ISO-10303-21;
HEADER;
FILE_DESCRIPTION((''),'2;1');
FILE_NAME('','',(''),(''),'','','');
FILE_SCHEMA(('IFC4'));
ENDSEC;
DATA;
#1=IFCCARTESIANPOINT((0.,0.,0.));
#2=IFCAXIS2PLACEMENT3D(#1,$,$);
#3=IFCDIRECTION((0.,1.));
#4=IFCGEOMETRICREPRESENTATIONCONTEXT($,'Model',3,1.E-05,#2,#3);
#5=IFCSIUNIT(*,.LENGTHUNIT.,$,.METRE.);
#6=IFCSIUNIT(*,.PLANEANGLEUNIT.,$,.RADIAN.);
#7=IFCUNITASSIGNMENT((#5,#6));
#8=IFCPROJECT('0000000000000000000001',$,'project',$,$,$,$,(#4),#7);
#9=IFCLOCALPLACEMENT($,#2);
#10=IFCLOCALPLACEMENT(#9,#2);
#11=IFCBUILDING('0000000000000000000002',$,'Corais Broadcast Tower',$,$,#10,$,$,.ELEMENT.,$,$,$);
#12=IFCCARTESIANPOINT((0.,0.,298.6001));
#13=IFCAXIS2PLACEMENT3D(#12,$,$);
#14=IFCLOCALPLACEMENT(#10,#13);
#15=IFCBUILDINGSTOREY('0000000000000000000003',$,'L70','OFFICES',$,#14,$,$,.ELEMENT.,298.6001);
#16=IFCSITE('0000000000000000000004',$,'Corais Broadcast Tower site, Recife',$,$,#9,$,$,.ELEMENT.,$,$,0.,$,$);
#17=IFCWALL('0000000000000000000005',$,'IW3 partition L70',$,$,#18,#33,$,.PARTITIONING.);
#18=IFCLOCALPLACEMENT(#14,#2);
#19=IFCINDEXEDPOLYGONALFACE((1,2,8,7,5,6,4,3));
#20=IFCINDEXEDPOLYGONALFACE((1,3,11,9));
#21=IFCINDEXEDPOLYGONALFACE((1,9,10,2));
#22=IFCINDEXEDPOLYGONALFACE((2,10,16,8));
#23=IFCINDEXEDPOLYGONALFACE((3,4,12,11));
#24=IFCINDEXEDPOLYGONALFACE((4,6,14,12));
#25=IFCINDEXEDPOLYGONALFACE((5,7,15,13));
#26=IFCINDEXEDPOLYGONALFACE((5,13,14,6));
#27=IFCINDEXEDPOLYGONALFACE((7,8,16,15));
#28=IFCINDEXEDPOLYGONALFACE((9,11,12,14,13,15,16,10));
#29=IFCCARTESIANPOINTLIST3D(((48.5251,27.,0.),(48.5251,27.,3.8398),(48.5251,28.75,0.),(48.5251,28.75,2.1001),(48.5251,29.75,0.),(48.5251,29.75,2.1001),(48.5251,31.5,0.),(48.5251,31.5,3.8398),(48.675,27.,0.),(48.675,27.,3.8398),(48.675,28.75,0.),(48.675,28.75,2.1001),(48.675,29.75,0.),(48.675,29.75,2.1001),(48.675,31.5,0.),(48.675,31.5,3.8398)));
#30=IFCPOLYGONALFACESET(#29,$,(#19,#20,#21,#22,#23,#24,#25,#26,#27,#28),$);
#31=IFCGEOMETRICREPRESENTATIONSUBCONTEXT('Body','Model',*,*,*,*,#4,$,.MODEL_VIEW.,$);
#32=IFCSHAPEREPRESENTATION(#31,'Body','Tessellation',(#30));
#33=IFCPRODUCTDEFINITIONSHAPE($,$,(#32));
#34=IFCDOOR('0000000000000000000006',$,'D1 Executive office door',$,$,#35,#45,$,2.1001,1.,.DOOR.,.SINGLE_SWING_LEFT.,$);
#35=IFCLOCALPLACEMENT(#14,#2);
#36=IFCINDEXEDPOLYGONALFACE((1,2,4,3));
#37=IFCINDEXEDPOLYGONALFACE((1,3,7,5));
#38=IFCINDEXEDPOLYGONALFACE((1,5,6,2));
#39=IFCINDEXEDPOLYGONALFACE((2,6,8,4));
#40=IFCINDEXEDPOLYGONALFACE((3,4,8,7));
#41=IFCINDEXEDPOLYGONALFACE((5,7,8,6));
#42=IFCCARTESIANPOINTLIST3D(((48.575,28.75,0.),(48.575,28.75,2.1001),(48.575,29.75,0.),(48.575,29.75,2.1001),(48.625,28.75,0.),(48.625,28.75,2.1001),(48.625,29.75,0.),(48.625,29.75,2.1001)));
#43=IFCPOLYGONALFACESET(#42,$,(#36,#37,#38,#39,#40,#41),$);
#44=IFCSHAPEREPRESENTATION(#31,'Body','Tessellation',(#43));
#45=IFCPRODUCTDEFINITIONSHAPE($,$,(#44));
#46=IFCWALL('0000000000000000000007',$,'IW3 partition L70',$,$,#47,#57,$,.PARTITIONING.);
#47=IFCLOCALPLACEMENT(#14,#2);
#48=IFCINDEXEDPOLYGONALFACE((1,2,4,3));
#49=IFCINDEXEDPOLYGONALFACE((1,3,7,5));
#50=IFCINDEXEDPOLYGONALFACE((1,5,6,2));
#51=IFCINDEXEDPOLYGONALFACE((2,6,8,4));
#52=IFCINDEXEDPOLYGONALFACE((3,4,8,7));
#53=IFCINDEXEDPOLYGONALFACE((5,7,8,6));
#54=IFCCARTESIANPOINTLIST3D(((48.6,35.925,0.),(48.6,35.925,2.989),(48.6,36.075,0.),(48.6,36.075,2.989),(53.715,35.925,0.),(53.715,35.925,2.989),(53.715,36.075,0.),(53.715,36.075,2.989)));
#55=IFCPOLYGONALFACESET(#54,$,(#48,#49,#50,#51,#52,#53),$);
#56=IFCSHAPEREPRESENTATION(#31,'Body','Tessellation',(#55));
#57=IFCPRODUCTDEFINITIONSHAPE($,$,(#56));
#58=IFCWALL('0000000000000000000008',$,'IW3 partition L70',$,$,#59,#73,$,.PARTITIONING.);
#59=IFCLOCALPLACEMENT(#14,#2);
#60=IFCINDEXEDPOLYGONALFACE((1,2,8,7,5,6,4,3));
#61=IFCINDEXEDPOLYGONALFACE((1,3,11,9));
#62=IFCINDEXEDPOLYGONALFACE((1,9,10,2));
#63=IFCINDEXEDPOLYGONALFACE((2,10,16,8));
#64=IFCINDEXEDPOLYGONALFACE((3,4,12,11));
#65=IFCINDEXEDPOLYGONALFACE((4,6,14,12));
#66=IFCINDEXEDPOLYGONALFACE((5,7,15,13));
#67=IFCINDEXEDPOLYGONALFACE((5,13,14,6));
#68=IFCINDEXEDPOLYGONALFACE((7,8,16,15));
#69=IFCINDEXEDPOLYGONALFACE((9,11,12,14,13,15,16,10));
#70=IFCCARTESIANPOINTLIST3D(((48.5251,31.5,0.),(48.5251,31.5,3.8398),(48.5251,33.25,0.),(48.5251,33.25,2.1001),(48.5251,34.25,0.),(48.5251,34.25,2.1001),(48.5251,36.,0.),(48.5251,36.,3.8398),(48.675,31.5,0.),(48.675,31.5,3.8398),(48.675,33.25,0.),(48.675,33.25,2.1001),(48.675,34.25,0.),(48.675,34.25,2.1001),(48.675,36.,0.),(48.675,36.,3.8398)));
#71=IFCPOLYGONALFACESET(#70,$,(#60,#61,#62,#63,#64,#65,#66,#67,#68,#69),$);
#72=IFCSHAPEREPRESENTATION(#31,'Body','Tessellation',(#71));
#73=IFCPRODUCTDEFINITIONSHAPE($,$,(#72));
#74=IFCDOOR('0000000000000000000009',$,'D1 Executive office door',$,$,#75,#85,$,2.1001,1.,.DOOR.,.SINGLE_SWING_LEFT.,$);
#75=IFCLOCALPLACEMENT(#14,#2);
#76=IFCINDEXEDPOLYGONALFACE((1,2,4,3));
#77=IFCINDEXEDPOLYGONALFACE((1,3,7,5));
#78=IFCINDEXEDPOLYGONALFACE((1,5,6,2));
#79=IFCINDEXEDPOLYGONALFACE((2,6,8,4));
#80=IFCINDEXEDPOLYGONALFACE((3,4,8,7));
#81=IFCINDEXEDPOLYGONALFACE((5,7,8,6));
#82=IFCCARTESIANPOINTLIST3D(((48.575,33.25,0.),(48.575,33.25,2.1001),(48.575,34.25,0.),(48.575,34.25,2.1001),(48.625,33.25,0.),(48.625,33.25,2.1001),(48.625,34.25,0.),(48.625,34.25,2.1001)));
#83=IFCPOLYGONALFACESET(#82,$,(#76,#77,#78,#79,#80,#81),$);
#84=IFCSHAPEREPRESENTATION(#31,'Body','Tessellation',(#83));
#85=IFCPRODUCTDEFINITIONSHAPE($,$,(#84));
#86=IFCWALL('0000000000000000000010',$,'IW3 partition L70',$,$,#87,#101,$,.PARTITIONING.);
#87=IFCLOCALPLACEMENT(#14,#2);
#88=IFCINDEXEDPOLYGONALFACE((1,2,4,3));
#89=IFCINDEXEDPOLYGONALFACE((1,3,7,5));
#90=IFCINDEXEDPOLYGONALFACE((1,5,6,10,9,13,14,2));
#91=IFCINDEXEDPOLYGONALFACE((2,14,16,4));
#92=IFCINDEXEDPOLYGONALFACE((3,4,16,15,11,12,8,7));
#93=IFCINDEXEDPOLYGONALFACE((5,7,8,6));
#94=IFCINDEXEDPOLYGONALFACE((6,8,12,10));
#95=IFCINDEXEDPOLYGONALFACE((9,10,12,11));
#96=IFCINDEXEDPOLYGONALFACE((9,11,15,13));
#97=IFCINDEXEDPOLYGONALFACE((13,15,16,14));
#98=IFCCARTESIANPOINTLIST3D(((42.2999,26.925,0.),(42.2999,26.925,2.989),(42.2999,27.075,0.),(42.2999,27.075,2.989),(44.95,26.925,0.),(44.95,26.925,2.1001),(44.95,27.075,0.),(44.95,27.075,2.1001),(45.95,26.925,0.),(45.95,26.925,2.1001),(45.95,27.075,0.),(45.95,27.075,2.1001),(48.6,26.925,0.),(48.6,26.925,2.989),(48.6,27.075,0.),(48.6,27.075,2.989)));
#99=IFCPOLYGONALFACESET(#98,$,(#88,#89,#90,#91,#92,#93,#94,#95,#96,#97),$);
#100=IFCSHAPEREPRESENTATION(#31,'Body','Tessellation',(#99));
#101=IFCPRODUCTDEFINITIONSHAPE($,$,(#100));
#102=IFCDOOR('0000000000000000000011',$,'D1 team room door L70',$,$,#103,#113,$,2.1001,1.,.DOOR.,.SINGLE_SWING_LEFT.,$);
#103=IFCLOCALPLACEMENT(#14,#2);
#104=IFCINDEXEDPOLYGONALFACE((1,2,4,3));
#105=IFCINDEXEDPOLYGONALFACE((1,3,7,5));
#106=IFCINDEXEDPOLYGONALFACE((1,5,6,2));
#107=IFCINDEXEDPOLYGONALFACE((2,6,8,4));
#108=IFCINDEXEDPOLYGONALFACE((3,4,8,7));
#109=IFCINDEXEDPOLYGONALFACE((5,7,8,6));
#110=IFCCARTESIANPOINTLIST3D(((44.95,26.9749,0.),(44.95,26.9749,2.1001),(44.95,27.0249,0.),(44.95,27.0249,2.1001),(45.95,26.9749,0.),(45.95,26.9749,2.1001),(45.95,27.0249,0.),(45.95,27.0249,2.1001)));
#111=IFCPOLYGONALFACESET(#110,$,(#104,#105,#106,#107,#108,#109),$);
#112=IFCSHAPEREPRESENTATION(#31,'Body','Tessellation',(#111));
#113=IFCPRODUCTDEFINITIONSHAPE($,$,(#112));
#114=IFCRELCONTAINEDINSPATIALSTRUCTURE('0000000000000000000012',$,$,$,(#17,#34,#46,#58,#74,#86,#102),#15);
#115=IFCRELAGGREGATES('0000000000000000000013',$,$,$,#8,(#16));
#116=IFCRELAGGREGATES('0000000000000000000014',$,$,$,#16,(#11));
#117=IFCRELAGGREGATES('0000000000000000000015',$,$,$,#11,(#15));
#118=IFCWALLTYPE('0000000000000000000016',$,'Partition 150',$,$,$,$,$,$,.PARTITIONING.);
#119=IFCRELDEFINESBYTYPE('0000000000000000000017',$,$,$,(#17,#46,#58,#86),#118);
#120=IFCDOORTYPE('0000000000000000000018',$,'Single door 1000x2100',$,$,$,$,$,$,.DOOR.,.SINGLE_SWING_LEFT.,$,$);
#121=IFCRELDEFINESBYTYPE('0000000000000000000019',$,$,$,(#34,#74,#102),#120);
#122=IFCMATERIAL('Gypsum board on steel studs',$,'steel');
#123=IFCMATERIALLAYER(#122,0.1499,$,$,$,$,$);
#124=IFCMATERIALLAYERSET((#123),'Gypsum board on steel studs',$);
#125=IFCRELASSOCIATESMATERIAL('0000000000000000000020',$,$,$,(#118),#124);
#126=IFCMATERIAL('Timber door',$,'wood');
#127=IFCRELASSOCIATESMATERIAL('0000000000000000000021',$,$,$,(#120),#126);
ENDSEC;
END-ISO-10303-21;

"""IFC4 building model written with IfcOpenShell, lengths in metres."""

from ifc_helpers import new_model, si_unit, direction, frame, frame_2d, origin, place, context, subcontext, project, spatial, rectangle, extrude, material, layer, layer_set, type_object, element, fill, save


model = new_model("IFC4")

# Units and contexts
model_context = context("Model", 3, precision=1e-05, world=origin(), true_north=direction((0.0, 1.0)))
body_context = subcontext(model_context, "Body", "Model", "MODEL_VIEW")
ifc_project = project(units=[si_unit("LENGTHUNIT", "METRE"), si_unit("PLANEANGLEUNIT", "RADIAN")], contexts=[model_context])

# Site, building, storey
site_placement = place(None, origin())
site = spatial("IfcSite", under=ifc_project, at=site_placement, Name="Corais Broadcast Tower site, Recife", CompositionType="ELEMENT", RefElevation=0.0)
building_placement = place(site_placement, origin())
building = spatial("IfcBuilding", under=site, at=building_placement, Name="Corais Broadcast Tower", CompositionType="ELEMENT")
storey_placement = place(building_placement, frame((0.0, 0.0, 298.6001)))
storey = spatial("IfcBuildingStorey", under=building, at=storey_placement, Name="L70", Description="OFFICES", CompositionType="ELEMENT", Elevation=298.6001)

# Shared definitions
ifc_material_1 = material(Name="Gypsum board on steel studs", Category="steel")
ifc_layer_1 = layer(ifc_material_1, 0.1499)
ifc_layer_set_1 = layer_set([ifc_layer_1], Name="Gypsum board on steel studs")
wall_type = type_object("IfcWallType", Name="Partition 150", PredefinedType="PARTITIONING", material=ifc_layer_set_1)

# Shared definitions
ifc_material_2 = material(Name="Timber door", Category="wood")
door_type = type_object("IfcDoorType", Name="Single door 1000x2100", OperationType="SINGLE_SWING_LEFT", PredefinedType="DOOR", material=ifc_material_2)

# Wall, opening, door
wall_1_placement = place(storey_placement, frame((48.6001, 31.5, 0.0), z_axis=(0.0, 0.0, 1.0), x_axis=(0.0, -1.0, 0.0)))
wall_1 = element("IfcWall", 1, at=wall_1_placement, inside=storey, type_object=wall_type, Name="IW3 partition L70", PredefinedType="PARTITIONING", context=body_context, shape_type="SweptSolid", body=[
    extrude(rectangle(XDim=4.5, YDim=0.1499, at=frame_2d((2.25, 0.0))), origin(), (0.0, 0.0, 1.0), 3.8398),
])
opening_1_placement = place(wall_1_placement, frame((1.75, 0.0, 0.0)))
opening_1 = element("IfcOpeningElement", 2, at=opening_1_placement, cuts=wall_1, PredefinedType="OPENING", context=body_context, shape_type="SweptSolid", body=[
    extrude(rectangle(XDim=1.0, YDim=2.1001, at=frame_2d((0.5, 1.05))), frame((0.0, 0.085, 0.0), z_axis=(0.0, -1.0, 0.0), x_axis=(1.0, 0.0, 0.0)), (0.0, 0.0, 1.0), 0.1699),
])
door_1_placement = place(opening_1_placement, origin())
door_1 = element("IfcDoor", 3, at=door_1_placement, inside=storey, type_object=door_type, Name="D1 Executive office door", OperationType="SINGLE_SWING_LEFT", OverallHeight=2.1001, OverallWidth=1.0, PredefinedType="DOOR", context=body_context, shape_type="SweptSolid", body=[
    extrude(rectangle(XDim=1.0, YDim=2.1001, at=frame_2d((0.5, 1.05))), frame((0.0, 0.0249, 0.0), z_axis=(0.0, -1.0, 0.0), x_axis=(1.0, 0.0, 0.0)), (0.0, 0.0, 1.0), 0.05),
])
fill(opening_1, door_1)

# Wall
wall_2_placement = place(storey_placement, frame((53.7151, 36.0, 0.0), z_axis=(0.0, 0.0, 1.0), x_axis=(-1.0, 0.0, 0.0)))
element("IfcWall", 4, at=wall_2_placement, inside=storey, type_object=wall_type, Name="IW3 partition L70", PredefinedType="PARTITIONING", context=body_context, shape_type="SweptSolid", body=[
    extrude(rectangle(XDim=5.115, YDim=0.1499, at=frame_2d((2.5576, 0.0))), origin(), (0.0, 0.0, 1.0), 2.989),
])

# Walls, openings, doors
wall_3_placement = place(storey_placement, frame((48.6001, 36.0, 0.0), z_axis=(0.0, 0.0, 1.0), x_axis=(0.0, -1.0, 0.0)))
wall_3 = element("IfcWall", 5, at=wall_3_placement, inside=storey, type_object=wall_type, Name="IW3 partition L70", PredefinedType="PARTITIONING", context=body_context, shape_type="SweptSolid", body=[
    extrude(rectangle(XDim=4.5, YDim=0.1499, at=frame_2d((2.25, 0.0))), origin(), (0.0, 0.0, 1.0), 3.8398),
])
opening_2_placement = place(wall_3_placement, frame((1.75, 0.0, 0.0)))
opening_2 = element("IfcOpeningElement", 6, at=opening_2_placement, cuts=wall_3, PredefinedType="OPENING", context=body_context, shape_type="SweptSolid", body=[
    extrude(rectangle(XDim=1.0, YDim=2.1001, at=frame_2d((0.5, 1.05))), frame((0.0, 0.085, 0.0), z_axis=(0.0, -1.0, 0.0), x_axis=(1.0, 0.0, 0.0)), (0.0, 0.0, 1.0), 0.1699),
])
door_2_placement = place(opening_2_placement, origin())
door_2 = element("IfcDoor", 7, at=door_2_placement, inside=storey, type_object=door_type, Name="D1 Executive office door", OperationType="SINGLE_SWING_LEFT", OverallHeight=2.1001, OverallWidth=1.0, PredefinedType="DOOR", context=body_context, shape_type="SweptSolid", body=[
    extrude(rectangle(XDim=1.0, YDim=2.1001, at=frame_2d((0.5, 1.05))), frame((0.0, 0.0249, 0.0), z_axis=(0.0, -1.0, 0.0), x_axis=(1.0, 0.0, 0.0)), (0.0, 0.0, 1.0), 0.05),
])
fill(opening_2, door_2)
wall_4_placement = place(storey_placement, frame((42.3, 27.0, 0.0), z_axis=(0.0, 0.0, 1.0), x_axis=(1.0, 0.0, 0.0)))
wall_4 = element("IfcWall", 8, at=wall_4_placement, inside=storey, type_object=wall_type, Name="IW3 partition L70", PredefinedType="PARTITIONING", context=body_context, shape_type="SweptSolid", body=[
    extrude(rectangle(XDim=6.3, YDim=0.1499, at=frame_2d((3.1499, 0.0))), origin(), (0.0, 0.0, 1.0), 2.989),
])
opening_3_placement = place(wall_4_placement, frame((2.6499, 0.0, 0.0)))
opening_3 = element("IfcOpeningElement", 9, at=opening_3_placement, cuts=wall_4, PredefinedType="OPENING", context=body_context, shape_type="SweptSolid", body=[
    extrude(rectangle(XDim=1.0, YDim=2.1001, at=frame_2d((0.5, 1.05))), frame((0.0, 0.085, 0.0), z_axis=(0.0, -1.0, 0.0), x_axis=(1.0, 0.0, 0.0)), (0.0, 0.0, 1.0), 0.1699),
])
door_3_placement = place(opening_3_placement, origin())
door_3 = element("IfcDoor", 10, at=door_3_placement, inside=storey, type_object=door_type, Name="D1 team room door L70", OperationType="SINGLE_SWING_LEFT", OverallHeight=2.1001, OverallWidth=1.0, PredefinedType="DOOR", context=body_context, shape_type="SweptSolid", body=[
    extrude(rectangle(XDim=1.0, YDim=2.1001, at=frame_2d((0.5, 1.05))), frame((0.0, 0.0249, 0.0), z_axis=(0.0, -1.0, 0.0), x_axis=(1.0, 0.0, 0.0)), (0.0, 0.0, 1.0), 0.05),
])
fill(opening_3, door_3)

save(model, "model.ifc")
